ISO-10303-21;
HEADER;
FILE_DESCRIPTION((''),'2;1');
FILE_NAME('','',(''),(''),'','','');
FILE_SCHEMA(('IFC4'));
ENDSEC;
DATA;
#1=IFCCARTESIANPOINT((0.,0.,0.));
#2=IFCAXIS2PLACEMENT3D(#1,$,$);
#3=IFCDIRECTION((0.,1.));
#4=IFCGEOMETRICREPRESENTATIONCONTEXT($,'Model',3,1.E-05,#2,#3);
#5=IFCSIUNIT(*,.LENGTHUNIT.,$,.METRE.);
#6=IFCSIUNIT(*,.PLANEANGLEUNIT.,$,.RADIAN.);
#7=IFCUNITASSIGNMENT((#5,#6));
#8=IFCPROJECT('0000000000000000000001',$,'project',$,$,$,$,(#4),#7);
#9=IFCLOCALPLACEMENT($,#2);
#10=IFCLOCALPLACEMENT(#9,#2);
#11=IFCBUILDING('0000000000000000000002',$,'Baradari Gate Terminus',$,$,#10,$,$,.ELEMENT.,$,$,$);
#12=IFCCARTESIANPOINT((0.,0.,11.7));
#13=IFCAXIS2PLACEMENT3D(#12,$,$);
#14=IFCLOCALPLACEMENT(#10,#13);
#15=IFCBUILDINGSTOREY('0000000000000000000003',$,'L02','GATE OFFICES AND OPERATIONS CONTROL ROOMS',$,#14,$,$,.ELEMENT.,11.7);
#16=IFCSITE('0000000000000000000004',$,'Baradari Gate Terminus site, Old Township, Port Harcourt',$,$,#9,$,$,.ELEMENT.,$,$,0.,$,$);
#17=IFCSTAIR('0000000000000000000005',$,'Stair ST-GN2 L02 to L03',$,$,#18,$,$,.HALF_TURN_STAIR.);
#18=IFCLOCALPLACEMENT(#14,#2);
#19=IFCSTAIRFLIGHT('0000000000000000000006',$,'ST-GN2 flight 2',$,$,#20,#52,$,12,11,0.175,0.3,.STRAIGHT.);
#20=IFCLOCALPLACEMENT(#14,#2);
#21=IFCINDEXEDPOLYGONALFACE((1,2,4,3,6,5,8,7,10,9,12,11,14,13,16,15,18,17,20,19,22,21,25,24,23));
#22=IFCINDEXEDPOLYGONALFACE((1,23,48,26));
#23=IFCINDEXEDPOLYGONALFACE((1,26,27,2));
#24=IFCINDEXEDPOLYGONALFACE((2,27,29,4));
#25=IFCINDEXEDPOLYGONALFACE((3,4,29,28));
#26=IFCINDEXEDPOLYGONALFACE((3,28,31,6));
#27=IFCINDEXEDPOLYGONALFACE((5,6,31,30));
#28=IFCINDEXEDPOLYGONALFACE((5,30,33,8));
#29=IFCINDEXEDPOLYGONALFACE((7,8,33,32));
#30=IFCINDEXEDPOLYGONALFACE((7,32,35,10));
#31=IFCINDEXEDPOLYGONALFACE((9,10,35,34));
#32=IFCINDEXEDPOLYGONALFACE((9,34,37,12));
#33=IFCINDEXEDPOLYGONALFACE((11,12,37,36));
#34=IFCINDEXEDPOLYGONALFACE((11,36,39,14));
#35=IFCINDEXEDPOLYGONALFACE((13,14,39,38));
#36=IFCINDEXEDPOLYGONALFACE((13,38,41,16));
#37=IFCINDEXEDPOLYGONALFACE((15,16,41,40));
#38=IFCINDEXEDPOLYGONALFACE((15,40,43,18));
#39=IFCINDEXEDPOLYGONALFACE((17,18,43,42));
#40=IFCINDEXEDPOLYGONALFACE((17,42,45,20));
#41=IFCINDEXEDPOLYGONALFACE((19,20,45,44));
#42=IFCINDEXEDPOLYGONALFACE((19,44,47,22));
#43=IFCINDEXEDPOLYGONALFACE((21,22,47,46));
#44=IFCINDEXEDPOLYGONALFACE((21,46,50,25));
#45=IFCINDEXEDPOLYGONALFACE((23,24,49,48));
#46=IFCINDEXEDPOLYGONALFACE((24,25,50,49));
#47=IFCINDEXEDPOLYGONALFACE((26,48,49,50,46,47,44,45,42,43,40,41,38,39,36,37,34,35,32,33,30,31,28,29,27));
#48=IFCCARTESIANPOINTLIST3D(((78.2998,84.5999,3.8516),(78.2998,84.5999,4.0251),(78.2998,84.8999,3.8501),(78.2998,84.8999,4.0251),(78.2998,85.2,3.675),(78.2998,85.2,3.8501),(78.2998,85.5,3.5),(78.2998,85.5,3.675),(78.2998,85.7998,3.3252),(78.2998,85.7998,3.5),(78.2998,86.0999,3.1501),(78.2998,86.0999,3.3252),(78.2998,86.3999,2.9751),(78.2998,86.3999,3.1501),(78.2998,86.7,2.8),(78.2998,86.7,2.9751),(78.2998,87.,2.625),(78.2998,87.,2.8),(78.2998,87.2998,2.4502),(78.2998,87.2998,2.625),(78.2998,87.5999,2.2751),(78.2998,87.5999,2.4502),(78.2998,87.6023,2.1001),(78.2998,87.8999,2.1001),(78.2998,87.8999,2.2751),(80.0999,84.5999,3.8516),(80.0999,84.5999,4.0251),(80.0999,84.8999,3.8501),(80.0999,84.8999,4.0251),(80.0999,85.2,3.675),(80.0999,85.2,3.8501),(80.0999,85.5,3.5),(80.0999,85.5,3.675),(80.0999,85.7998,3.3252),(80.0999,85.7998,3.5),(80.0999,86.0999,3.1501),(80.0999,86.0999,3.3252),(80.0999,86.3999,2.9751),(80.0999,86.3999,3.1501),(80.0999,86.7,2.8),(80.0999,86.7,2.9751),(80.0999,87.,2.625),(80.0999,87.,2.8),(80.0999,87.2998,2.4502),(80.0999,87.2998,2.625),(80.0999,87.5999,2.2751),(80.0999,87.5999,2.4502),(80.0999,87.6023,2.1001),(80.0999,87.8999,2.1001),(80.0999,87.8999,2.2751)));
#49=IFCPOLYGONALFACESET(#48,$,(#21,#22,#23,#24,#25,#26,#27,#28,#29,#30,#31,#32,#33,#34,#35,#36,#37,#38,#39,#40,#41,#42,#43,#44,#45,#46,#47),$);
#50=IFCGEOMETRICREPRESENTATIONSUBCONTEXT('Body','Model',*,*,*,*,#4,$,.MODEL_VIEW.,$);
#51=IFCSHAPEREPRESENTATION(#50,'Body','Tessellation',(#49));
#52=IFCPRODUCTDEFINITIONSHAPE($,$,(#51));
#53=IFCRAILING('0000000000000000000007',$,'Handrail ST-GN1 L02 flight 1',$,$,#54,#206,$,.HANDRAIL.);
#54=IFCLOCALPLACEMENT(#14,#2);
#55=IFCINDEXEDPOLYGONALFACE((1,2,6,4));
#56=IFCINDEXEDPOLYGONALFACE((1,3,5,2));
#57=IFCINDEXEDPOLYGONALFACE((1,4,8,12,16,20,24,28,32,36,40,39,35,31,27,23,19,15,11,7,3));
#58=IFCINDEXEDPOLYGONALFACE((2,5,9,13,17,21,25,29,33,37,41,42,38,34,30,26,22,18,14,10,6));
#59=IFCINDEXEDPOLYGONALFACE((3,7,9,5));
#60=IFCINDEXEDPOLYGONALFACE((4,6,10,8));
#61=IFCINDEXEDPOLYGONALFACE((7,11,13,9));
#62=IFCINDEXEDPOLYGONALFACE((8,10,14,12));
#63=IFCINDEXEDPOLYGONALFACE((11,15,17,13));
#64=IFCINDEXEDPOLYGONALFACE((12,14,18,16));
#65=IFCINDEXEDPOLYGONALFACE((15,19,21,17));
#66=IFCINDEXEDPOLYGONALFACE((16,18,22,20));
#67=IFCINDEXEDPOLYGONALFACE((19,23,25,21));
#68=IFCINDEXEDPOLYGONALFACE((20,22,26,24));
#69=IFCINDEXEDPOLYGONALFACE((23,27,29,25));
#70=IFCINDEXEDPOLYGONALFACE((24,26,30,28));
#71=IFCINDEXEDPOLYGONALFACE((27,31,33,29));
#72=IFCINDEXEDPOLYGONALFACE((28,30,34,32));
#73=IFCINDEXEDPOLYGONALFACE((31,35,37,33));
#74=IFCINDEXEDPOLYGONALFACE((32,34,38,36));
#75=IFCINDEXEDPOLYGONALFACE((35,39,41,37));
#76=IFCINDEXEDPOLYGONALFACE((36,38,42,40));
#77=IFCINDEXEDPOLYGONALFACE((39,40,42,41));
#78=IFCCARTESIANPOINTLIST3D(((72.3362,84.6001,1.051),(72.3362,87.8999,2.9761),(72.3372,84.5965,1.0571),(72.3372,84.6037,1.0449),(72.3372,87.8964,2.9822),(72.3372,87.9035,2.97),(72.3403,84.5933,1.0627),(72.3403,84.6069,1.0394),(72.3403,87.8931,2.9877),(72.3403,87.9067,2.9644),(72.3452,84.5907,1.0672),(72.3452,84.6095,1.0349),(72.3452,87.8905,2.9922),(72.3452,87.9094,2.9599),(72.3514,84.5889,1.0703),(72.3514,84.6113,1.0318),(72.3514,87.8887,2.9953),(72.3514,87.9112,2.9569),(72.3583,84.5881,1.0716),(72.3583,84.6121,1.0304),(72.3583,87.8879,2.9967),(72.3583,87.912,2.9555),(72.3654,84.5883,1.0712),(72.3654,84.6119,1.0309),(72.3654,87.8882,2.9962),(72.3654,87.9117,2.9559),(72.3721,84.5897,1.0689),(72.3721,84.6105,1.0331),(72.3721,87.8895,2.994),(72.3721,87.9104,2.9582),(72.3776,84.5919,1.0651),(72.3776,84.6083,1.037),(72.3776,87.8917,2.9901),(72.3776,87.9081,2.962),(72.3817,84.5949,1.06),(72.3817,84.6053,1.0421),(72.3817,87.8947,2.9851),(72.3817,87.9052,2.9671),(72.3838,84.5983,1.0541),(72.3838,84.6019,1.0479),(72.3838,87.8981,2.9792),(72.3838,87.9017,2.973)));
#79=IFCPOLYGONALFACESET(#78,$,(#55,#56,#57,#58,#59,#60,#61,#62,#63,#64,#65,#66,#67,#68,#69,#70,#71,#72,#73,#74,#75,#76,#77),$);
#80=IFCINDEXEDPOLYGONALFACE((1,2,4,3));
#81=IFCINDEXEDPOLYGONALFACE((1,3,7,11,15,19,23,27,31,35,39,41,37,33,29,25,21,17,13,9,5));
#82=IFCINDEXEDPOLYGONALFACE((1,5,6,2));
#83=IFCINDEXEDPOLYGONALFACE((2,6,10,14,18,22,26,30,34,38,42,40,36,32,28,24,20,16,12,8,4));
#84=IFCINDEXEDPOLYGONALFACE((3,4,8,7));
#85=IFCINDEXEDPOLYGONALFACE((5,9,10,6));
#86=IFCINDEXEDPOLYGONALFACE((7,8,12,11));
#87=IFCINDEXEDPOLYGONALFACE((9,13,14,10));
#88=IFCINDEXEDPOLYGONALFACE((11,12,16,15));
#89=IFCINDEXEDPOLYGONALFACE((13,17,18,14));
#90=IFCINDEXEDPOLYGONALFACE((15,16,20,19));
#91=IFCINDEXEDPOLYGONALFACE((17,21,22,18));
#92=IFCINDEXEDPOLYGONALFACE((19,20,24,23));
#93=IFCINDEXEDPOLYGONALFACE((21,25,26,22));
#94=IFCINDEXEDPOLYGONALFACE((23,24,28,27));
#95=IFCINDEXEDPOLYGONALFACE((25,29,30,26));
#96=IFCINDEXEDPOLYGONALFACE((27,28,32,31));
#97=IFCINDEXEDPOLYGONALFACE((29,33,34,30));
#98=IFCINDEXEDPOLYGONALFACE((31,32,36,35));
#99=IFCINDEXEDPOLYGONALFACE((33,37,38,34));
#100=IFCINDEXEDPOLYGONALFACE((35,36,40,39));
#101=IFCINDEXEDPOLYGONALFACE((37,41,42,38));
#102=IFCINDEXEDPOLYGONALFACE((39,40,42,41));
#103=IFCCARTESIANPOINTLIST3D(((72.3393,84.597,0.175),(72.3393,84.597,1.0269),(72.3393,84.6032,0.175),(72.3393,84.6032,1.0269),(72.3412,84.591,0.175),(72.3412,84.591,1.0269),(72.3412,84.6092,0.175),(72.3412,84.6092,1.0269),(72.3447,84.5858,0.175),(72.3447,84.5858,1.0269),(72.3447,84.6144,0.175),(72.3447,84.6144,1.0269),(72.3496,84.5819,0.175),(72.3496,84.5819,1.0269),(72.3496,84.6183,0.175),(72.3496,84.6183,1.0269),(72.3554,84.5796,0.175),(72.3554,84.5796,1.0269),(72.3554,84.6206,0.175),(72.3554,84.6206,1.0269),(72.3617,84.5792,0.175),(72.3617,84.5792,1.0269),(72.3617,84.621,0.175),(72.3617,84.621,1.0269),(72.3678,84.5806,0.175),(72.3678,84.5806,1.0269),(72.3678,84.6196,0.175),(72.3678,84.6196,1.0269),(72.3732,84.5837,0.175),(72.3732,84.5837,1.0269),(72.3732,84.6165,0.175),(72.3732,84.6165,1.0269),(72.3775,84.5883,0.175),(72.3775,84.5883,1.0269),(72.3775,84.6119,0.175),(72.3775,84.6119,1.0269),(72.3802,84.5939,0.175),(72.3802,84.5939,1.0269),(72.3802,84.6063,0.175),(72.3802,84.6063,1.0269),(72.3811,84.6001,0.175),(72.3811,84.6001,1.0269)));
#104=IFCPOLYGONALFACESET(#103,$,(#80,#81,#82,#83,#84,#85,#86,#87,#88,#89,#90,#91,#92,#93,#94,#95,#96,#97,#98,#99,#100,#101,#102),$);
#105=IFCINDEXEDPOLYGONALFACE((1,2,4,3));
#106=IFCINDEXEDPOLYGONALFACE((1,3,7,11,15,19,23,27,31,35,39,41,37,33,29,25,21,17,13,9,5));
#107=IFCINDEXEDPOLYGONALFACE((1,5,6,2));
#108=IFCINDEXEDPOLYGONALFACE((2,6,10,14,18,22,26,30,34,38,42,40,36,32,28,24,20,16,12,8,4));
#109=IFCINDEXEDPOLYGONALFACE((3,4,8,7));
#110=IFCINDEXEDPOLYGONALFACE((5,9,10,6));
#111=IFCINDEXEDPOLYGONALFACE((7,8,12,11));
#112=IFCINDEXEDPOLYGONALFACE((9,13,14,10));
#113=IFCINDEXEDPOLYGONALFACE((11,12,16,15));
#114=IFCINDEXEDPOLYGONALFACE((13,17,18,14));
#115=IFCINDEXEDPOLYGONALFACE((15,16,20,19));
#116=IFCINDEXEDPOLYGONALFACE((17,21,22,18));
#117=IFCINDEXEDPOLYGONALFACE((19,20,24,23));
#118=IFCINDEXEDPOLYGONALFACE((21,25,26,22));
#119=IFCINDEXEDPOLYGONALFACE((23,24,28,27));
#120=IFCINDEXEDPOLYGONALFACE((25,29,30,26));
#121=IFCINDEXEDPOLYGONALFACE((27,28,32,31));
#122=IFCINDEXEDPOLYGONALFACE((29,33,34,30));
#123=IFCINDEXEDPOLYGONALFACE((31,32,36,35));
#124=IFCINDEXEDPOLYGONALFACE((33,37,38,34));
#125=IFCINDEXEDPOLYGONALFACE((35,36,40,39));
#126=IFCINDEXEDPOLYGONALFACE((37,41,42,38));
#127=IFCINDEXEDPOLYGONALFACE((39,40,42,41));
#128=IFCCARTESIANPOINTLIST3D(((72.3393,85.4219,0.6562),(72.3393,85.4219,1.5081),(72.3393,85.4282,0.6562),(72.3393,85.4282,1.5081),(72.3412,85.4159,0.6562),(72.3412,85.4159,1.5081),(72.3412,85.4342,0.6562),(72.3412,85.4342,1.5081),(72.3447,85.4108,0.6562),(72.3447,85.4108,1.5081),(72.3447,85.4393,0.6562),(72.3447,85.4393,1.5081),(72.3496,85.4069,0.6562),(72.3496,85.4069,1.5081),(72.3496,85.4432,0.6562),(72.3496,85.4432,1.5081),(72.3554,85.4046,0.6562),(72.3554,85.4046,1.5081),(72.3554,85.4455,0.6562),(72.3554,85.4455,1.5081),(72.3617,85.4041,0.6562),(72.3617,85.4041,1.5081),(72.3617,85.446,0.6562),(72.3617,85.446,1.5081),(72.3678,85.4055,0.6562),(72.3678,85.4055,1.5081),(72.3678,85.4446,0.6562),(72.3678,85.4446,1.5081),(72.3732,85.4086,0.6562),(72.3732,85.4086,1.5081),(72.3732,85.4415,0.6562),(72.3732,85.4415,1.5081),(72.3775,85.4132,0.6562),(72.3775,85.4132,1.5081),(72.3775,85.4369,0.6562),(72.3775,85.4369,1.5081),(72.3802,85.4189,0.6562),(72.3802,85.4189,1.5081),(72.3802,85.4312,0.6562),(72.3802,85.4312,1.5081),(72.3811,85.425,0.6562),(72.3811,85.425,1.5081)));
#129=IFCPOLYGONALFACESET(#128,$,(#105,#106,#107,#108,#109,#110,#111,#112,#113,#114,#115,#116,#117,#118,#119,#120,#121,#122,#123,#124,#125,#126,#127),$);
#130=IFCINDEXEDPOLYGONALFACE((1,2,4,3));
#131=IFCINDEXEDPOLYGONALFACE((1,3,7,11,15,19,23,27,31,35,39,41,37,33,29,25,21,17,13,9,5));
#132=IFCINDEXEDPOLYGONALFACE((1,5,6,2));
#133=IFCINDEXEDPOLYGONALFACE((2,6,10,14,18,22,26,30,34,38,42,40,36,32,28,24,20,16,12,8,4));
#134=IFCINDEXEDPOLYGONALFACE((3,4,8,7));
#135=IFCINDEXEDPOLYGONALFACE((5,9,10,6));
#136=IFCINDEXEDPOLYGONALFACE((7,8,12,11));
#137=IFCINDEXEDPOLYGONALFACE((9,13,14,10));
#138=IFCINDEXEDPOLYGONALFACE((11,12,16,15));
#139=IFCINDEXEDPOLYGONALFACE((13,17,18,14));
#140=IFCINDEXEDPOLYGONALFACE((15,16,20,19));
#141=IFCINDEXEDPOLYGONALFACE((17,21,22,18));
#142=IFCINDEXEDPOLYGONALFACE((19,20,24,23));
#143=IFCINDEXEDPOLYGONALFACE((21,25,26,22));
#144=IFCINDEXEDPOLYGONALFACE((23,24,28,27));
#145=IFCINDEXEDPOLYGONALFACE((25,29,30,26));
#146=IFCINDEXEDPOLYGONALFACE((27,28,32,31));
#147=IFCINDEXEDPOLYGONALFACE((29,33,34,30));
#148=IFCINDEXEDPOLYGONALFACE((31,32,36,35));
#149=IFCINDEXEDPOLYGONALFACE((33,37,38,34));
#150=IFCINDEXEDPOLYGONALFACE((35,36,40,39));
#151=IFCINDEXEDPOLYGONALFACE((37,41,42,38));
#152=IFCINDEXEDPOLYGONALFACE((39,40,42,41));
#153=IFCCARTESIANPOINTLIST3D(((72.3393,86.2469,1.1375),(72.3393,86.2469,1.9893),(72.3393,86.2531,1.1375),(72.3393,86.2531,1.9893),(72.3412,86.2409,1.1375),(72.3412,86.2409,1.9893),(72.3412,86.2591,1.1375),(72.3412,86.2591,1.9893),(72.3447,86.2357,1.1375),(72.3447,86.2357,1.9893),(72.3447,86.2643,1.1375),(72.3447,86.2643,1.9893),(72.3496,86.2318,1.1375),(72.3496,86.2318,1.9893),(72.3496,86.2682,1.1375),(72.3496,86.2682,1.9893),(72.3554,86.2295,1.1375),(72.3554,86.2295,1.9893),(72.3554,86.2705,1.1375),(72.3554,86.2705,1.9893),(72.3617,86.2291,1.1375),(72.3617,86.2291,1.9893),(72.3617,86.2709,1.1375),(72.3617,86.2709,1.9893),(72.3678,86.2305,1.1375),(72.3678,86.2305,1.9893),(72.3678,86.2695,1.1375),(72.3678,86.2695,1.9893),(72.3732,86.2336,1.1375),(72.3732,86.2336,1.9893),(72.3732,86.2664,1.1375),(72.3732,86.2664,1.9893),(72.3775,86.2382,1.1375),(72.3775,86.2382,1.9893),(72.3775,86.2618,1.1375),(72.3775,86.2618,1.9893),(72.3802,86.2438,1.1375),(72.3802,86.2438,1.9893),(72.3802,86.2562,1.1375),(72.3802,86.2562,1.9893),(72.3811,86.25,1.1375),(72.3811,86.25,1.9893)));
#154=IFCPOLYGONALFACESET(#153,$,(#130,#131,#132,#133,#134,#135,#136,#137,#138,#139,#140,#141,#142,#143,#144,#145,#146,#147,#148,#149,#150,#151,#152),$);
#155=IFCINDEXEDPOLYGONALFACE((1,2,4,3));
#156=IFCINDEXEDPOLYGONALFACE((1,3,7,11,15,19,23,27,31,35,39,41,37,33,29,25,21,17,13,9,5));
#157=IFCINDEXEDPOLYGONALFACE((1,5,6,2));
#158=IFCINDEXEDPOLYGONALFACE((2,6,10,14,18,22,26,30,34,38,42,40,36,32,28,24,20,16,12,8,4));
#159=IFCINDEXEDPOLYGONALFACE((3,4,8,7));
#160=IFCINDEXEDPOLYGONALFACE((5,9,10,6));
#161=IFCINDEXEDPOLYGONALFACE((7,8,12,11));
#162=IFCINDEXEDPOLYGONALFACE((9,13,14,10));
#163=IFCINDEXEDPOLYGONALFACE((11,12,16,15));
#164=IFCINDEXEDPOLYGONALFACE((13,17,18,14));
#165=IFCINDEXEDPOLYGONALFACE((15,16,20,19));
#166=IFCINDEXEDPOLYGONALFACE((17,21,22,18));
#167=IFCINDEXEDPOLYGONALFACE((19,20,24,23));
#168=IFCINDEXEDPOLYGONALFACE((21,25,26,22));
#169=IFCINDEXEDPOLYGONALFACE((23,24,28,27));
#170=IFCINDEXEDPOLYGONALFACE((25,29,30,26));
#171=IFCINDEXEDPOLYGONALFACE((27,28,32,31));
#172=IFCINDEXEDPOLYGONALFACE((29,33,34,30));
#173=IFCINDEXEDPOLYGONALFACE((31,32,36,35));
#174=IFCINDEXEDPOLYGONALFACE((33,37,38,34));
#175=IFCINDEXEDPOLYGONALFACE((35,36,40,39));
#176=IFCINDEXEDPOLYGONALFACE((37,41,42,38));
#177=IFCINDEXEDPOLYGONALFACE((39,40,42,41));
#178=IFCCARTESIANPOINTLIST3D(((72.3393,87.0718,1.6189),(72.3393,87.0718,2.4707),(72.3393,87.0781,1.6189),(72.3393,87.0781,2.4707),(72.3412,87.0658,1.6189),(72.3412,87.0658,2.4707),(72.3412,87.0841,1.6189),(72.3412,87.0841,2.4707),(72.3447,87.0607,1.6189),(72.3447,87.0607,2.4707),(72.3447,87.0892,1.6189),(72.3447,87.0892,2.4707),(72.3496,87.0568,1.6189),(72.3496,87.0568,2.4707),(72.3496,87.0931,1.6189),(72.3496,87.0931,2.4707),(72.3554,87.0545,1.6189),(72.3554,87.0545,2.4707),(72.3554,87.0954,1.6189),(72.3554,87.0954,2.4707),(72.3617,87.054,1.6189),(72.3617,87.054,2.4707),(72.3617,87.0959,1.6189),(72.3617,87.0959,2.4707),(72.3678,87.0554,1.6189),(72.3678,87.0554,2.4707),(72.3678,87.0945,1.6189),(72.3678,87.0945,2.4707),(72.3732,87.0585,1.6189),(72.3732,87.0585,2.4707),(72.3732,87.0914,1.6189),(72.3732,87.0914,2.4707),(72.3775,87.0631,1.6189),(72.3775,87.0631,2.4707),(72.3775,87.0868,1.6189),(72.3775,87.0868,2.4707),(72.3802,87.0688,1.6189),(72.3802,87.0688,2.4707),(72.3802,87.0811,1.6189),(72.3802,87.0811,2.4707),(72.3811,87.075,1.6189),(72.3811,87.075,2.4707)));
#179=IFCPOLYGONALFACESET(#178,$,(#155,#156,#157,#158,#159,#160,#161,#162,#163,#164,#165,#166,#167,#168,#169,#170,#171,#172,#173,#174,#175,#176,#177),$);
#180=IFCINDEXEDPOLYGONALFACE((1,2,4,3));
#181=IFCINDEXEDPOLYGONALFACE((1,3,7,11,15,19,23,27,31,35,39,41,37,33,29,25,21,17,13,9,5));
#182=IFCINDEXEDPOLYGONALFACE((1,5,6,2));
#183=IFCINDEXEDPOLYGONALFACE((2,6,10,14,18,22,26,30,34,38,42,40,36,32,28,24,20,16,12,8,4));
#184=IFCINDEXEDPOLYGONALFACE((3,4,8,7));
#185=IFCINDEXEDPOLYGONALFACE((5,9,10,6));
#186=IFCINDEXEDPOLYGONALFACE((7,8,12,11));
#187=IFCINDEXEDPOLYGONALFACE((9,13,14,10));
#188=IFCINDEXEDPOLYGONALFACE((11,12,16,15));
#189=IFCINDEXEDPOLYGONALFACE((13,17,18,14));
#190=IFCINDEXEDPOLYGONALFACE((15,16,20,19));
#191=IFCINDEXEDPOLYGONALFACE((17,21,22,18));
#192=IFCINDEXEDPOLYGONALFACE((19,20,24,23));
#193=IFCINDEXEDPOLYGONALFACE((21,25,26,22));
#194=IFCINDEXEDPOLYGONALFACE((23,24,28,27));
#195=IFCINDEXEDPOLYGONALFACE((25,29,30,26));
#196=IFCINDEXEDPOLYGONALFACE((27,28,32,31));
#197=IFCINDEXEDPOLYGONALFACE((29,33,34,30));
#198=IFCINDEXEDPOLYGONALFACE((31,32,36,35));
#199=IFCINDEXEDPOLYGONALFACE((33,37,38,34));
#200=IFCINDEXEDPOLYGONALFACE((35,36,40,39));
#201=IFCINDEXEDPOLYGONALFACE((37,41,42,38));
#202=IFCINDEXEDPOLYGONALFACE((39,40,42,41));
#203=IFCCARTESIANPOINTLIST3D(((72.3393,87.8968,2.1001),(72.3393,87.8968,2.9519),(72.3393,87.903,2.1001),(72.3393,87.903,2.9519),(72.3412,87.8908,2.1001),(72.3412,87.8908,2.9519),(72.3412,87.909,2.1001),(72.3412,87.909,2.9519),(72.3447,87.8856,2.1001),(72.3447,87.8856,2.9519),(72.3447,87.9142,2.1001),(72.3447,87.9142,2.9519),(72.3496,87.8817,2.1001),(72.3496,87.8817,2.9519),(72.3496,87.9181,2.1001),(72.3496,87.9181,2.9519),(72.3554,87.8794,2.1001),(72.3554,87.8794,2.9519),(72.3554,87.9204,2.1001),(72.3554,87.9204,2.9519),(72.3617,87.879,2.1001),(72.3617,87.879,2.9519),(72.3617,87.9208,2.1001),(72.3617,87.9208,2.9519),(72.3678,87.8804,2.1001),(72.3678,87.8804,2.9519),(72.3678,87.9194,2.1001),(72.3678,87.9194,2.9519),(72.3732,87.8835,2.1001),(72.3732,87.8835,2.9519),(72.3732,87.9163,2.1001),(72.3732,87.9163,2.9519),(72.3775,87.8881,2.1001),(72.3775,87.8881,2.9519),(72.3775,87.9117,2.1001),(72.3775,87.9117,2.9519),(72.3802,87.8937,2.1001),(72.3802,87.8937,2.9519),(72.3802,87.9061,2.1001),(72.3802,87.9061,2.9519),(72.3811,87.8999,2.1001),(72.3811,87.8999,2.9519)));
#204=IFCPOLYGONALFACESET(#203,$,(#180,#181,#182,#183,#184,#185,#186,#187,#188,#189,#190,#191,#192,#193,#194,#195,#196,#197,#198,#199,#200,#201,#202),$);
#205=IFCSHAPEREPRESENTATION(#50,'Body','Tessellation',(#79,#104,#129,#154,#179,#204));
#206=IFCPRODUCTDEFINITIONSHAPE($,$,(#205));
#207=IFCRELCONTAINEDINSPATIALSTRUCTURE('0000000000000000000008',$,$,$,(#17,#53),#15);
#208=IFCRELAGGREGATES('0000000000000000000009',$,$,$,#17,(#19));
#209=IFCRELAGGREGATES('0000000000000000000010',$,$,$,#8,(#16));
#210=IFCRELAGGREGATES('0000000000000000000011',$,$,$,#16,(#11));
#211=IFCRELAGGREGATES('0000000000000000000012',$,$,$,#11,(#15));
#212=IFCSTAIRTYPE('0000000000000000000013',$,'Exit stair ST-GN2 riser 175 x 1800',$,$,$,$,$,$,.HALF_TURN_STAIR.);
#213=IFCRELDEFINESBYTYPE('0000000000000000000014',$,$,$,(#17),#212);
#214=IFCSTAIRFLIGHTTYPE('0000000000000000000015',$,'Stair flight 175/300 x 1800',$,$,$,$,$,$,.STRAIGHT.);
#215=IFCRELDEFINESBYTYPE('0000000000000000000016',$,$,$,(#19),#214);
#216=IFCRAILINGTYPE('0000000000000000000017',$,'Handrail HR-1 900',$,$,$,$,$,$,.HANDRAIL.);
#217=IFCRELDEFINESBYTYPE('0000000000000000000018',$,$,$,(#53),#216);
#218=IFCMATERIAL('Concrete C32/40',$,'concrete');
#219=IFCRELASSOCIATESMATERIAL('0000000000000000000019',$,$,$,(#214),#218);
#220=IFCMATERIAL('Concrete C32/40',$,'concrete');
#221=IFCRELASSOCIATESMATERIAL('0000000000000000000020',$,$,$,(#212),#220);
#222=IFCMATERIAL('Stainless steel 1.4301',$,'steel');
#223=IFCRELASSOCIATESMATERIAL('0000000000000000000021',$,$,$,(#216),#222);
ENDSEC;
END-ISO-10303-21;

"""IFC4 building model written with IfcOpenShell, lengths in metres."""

from ifc_helpers import new_model, si_unit, direction, frame, origin, origin_2d, place, context, subcontext, project, spatial, polyline, circle, outline, extrude, material, type_object, element, aggregate, save


model = new_model("IFC4")

# Units and contexts
model_context = context("Model", 3, precision=1e-05, world=origin(), true_north=direction((0.0, 1.0)))
body_context = subcontext(model_context, "Body", "Model", "MODEL_VIEW")
ifc_project = project(units=[si_unit("LENGTHUNIT", "METRE"), si_unit("PLANEANGLEUNIT", "RADIAN")], contexts=[model_context])

# Site, building, storey
site_placement = place(None, origin())
site = spatial("IfcSite", under=ifc_project, at=site_placement, Name="Baradari Gate Terminus site, Old Township, Port Harcourt", CompositionType="ELEMENT", RefElevation=0.0)
building_placement = place(site_placement, origin())
building = spatial("IfcBuilding", under=site, at=building_placement, Name="Baradari Gate Terminus", CompositionType="ELEMENT")
storey_placement = place(building_placement, frame((0.0, 0.0, 11.7)))
storey = spatial("IfcBuildingStorey", under=building, at=storey_placement, Name="L02", Description="GATE OFFICES AND OPERATIONS CONTROL ROOMS", CompositionType="ELEMENT", Elevation=11.7)

# Stair, stair flight
ifc_material_1 = material(Name="Concrete C32/40", Category="concrete")
stair_flight_type = type_object("IfcStairFlightType", Name="Stair flight 175/300 x 1800", PredefinedType="STRAIGHT", material=ifc_material_1)
ifc_material_2 = material(Name="Concrete C32/40", Category="concrete")
stair_type_1 = type_object("IfcStairType", Name="Exit stair ST-GN2 riser 175 x 1800", PredefinedType="HALF_TURN_STAIR", material=ifc_material_2)
stair_1_placement = place(storey_placement, origin())
stair_1 = element("IfcStair", 1, at=stair_1_placement, inside=storey, type_object=stair_type_1, Name="Stair ST-GN2 L02 to L03", PredefinedType="HALF_TURN_STAIR")
stair_flight_1_placement = place(storey_placement, frame((79.2, 87.8999, 2.1001), z_axis=(0.0, 0.0, 1.0), x_axis=(0.0, -1.0, 0.0)))
stair_flight_1 = element("IfcStairFlight", 2, at=stair_flight_1_placement, type_object=stair_flight_type, Name="ST-GN2 flight 2", NumberOfRisers=12, NumberOfTreads=11, PredefinedType="STRAIGHT", RiserHeight=0.175, TreadLength=0.3, context=body_context, shape_type="SweptSolid", body=[
    extrude(outline(polyline([(0.0, 0.0), (0.0, 0.175), (0.3, 0.175), (0.3, 0.3501), (0.6001, 0.3501), (0.6001, 0.5249), (0.8999, 0.5249), (0.8999, 0.7), (1.2, 0.7), (1.2, 0.875), (1.5, 0.875), (1.5, 1.05), (1.8, 1.05), (1.8, 1.2251), (2.1001, 1.2251), (2.1001, 1.3999), (2.3999, 1.3999), (2.3999, 1.575), (2.7, 1.575), (2.7, 1.75), (3.0, 1.75), (3.0, 1.925), (3.3, 1.925), (3.3, 2.1001), (3.3, 1.7515), (0.2976, 0.0), (0.0, 0.0)])), frame((0.0, 0.8999, 0.0), z_axis=(0.0, -1.0, 0.0), x_axis=(1.0, 0.0, 0.0)), (0.0, 0.0, 1.0), 1.8),
])
aggregate(stair_1, [stair_flight_1])

# Railing
ifc_material_3 = material(Name="Stainless steel 1.4301", Category="steel")
railing_type = type_object("IfcRailingType", Name="Handrail HR-1 900", PredefinedType="HANDRAIL", material=ifc_material_3)
for number, where, name in (
    (3, (72.3601, 84.6001, 0.175), "Handrail ST-GN1 L02 flight 1"),
):
    element("IfcRailing", number, at=place(storey_placement, frame(where)), inside=storey, type_object=railing_type, Name=name, PredefinedType="HANDRAIL", context=body_context, shape_type="SweptSolid", body=[
        extrude(circle(Radius=0.0239, at=origin_2d()), frame((0.0, 0.0, 0.876), z_axis=(0.0, 0.86376, 0.503903), x_axis=(-1.0, 0.0, 0.0)), (0.0, 0.0, 1.0), 3.8203),
        extrude(circle(Radius=0.021, at=origin_2d()), origin(), (0.0, 0.0, 1.0), 0.8518),
        extrude(circle(Radius=0.021, at=origin_2d()), frame((0.0, 0.825, 0.4812)), (0.0, 0.0, 1.0), 0.8518),
        extrude(circle(Radius=0.021, at=origin_2d()), frame((0.0, 1.6499, 0.9624)), (0.0, 0.0, 1.0), 0.8518),
        extrude(circle(Radius=0.021, at=origin_2d()), frame((0.0, 2.4749, 1.4438)), (0.0, 0.0, 1.0), 0.8518),
        extrude(circle(Radius=0.021, at=origin_2d()), frame((0.0, 3.2998, 1.925)), (0.0, 0.0, 1.0), 0.8518),
    ])

save(model, "model.ifc")
